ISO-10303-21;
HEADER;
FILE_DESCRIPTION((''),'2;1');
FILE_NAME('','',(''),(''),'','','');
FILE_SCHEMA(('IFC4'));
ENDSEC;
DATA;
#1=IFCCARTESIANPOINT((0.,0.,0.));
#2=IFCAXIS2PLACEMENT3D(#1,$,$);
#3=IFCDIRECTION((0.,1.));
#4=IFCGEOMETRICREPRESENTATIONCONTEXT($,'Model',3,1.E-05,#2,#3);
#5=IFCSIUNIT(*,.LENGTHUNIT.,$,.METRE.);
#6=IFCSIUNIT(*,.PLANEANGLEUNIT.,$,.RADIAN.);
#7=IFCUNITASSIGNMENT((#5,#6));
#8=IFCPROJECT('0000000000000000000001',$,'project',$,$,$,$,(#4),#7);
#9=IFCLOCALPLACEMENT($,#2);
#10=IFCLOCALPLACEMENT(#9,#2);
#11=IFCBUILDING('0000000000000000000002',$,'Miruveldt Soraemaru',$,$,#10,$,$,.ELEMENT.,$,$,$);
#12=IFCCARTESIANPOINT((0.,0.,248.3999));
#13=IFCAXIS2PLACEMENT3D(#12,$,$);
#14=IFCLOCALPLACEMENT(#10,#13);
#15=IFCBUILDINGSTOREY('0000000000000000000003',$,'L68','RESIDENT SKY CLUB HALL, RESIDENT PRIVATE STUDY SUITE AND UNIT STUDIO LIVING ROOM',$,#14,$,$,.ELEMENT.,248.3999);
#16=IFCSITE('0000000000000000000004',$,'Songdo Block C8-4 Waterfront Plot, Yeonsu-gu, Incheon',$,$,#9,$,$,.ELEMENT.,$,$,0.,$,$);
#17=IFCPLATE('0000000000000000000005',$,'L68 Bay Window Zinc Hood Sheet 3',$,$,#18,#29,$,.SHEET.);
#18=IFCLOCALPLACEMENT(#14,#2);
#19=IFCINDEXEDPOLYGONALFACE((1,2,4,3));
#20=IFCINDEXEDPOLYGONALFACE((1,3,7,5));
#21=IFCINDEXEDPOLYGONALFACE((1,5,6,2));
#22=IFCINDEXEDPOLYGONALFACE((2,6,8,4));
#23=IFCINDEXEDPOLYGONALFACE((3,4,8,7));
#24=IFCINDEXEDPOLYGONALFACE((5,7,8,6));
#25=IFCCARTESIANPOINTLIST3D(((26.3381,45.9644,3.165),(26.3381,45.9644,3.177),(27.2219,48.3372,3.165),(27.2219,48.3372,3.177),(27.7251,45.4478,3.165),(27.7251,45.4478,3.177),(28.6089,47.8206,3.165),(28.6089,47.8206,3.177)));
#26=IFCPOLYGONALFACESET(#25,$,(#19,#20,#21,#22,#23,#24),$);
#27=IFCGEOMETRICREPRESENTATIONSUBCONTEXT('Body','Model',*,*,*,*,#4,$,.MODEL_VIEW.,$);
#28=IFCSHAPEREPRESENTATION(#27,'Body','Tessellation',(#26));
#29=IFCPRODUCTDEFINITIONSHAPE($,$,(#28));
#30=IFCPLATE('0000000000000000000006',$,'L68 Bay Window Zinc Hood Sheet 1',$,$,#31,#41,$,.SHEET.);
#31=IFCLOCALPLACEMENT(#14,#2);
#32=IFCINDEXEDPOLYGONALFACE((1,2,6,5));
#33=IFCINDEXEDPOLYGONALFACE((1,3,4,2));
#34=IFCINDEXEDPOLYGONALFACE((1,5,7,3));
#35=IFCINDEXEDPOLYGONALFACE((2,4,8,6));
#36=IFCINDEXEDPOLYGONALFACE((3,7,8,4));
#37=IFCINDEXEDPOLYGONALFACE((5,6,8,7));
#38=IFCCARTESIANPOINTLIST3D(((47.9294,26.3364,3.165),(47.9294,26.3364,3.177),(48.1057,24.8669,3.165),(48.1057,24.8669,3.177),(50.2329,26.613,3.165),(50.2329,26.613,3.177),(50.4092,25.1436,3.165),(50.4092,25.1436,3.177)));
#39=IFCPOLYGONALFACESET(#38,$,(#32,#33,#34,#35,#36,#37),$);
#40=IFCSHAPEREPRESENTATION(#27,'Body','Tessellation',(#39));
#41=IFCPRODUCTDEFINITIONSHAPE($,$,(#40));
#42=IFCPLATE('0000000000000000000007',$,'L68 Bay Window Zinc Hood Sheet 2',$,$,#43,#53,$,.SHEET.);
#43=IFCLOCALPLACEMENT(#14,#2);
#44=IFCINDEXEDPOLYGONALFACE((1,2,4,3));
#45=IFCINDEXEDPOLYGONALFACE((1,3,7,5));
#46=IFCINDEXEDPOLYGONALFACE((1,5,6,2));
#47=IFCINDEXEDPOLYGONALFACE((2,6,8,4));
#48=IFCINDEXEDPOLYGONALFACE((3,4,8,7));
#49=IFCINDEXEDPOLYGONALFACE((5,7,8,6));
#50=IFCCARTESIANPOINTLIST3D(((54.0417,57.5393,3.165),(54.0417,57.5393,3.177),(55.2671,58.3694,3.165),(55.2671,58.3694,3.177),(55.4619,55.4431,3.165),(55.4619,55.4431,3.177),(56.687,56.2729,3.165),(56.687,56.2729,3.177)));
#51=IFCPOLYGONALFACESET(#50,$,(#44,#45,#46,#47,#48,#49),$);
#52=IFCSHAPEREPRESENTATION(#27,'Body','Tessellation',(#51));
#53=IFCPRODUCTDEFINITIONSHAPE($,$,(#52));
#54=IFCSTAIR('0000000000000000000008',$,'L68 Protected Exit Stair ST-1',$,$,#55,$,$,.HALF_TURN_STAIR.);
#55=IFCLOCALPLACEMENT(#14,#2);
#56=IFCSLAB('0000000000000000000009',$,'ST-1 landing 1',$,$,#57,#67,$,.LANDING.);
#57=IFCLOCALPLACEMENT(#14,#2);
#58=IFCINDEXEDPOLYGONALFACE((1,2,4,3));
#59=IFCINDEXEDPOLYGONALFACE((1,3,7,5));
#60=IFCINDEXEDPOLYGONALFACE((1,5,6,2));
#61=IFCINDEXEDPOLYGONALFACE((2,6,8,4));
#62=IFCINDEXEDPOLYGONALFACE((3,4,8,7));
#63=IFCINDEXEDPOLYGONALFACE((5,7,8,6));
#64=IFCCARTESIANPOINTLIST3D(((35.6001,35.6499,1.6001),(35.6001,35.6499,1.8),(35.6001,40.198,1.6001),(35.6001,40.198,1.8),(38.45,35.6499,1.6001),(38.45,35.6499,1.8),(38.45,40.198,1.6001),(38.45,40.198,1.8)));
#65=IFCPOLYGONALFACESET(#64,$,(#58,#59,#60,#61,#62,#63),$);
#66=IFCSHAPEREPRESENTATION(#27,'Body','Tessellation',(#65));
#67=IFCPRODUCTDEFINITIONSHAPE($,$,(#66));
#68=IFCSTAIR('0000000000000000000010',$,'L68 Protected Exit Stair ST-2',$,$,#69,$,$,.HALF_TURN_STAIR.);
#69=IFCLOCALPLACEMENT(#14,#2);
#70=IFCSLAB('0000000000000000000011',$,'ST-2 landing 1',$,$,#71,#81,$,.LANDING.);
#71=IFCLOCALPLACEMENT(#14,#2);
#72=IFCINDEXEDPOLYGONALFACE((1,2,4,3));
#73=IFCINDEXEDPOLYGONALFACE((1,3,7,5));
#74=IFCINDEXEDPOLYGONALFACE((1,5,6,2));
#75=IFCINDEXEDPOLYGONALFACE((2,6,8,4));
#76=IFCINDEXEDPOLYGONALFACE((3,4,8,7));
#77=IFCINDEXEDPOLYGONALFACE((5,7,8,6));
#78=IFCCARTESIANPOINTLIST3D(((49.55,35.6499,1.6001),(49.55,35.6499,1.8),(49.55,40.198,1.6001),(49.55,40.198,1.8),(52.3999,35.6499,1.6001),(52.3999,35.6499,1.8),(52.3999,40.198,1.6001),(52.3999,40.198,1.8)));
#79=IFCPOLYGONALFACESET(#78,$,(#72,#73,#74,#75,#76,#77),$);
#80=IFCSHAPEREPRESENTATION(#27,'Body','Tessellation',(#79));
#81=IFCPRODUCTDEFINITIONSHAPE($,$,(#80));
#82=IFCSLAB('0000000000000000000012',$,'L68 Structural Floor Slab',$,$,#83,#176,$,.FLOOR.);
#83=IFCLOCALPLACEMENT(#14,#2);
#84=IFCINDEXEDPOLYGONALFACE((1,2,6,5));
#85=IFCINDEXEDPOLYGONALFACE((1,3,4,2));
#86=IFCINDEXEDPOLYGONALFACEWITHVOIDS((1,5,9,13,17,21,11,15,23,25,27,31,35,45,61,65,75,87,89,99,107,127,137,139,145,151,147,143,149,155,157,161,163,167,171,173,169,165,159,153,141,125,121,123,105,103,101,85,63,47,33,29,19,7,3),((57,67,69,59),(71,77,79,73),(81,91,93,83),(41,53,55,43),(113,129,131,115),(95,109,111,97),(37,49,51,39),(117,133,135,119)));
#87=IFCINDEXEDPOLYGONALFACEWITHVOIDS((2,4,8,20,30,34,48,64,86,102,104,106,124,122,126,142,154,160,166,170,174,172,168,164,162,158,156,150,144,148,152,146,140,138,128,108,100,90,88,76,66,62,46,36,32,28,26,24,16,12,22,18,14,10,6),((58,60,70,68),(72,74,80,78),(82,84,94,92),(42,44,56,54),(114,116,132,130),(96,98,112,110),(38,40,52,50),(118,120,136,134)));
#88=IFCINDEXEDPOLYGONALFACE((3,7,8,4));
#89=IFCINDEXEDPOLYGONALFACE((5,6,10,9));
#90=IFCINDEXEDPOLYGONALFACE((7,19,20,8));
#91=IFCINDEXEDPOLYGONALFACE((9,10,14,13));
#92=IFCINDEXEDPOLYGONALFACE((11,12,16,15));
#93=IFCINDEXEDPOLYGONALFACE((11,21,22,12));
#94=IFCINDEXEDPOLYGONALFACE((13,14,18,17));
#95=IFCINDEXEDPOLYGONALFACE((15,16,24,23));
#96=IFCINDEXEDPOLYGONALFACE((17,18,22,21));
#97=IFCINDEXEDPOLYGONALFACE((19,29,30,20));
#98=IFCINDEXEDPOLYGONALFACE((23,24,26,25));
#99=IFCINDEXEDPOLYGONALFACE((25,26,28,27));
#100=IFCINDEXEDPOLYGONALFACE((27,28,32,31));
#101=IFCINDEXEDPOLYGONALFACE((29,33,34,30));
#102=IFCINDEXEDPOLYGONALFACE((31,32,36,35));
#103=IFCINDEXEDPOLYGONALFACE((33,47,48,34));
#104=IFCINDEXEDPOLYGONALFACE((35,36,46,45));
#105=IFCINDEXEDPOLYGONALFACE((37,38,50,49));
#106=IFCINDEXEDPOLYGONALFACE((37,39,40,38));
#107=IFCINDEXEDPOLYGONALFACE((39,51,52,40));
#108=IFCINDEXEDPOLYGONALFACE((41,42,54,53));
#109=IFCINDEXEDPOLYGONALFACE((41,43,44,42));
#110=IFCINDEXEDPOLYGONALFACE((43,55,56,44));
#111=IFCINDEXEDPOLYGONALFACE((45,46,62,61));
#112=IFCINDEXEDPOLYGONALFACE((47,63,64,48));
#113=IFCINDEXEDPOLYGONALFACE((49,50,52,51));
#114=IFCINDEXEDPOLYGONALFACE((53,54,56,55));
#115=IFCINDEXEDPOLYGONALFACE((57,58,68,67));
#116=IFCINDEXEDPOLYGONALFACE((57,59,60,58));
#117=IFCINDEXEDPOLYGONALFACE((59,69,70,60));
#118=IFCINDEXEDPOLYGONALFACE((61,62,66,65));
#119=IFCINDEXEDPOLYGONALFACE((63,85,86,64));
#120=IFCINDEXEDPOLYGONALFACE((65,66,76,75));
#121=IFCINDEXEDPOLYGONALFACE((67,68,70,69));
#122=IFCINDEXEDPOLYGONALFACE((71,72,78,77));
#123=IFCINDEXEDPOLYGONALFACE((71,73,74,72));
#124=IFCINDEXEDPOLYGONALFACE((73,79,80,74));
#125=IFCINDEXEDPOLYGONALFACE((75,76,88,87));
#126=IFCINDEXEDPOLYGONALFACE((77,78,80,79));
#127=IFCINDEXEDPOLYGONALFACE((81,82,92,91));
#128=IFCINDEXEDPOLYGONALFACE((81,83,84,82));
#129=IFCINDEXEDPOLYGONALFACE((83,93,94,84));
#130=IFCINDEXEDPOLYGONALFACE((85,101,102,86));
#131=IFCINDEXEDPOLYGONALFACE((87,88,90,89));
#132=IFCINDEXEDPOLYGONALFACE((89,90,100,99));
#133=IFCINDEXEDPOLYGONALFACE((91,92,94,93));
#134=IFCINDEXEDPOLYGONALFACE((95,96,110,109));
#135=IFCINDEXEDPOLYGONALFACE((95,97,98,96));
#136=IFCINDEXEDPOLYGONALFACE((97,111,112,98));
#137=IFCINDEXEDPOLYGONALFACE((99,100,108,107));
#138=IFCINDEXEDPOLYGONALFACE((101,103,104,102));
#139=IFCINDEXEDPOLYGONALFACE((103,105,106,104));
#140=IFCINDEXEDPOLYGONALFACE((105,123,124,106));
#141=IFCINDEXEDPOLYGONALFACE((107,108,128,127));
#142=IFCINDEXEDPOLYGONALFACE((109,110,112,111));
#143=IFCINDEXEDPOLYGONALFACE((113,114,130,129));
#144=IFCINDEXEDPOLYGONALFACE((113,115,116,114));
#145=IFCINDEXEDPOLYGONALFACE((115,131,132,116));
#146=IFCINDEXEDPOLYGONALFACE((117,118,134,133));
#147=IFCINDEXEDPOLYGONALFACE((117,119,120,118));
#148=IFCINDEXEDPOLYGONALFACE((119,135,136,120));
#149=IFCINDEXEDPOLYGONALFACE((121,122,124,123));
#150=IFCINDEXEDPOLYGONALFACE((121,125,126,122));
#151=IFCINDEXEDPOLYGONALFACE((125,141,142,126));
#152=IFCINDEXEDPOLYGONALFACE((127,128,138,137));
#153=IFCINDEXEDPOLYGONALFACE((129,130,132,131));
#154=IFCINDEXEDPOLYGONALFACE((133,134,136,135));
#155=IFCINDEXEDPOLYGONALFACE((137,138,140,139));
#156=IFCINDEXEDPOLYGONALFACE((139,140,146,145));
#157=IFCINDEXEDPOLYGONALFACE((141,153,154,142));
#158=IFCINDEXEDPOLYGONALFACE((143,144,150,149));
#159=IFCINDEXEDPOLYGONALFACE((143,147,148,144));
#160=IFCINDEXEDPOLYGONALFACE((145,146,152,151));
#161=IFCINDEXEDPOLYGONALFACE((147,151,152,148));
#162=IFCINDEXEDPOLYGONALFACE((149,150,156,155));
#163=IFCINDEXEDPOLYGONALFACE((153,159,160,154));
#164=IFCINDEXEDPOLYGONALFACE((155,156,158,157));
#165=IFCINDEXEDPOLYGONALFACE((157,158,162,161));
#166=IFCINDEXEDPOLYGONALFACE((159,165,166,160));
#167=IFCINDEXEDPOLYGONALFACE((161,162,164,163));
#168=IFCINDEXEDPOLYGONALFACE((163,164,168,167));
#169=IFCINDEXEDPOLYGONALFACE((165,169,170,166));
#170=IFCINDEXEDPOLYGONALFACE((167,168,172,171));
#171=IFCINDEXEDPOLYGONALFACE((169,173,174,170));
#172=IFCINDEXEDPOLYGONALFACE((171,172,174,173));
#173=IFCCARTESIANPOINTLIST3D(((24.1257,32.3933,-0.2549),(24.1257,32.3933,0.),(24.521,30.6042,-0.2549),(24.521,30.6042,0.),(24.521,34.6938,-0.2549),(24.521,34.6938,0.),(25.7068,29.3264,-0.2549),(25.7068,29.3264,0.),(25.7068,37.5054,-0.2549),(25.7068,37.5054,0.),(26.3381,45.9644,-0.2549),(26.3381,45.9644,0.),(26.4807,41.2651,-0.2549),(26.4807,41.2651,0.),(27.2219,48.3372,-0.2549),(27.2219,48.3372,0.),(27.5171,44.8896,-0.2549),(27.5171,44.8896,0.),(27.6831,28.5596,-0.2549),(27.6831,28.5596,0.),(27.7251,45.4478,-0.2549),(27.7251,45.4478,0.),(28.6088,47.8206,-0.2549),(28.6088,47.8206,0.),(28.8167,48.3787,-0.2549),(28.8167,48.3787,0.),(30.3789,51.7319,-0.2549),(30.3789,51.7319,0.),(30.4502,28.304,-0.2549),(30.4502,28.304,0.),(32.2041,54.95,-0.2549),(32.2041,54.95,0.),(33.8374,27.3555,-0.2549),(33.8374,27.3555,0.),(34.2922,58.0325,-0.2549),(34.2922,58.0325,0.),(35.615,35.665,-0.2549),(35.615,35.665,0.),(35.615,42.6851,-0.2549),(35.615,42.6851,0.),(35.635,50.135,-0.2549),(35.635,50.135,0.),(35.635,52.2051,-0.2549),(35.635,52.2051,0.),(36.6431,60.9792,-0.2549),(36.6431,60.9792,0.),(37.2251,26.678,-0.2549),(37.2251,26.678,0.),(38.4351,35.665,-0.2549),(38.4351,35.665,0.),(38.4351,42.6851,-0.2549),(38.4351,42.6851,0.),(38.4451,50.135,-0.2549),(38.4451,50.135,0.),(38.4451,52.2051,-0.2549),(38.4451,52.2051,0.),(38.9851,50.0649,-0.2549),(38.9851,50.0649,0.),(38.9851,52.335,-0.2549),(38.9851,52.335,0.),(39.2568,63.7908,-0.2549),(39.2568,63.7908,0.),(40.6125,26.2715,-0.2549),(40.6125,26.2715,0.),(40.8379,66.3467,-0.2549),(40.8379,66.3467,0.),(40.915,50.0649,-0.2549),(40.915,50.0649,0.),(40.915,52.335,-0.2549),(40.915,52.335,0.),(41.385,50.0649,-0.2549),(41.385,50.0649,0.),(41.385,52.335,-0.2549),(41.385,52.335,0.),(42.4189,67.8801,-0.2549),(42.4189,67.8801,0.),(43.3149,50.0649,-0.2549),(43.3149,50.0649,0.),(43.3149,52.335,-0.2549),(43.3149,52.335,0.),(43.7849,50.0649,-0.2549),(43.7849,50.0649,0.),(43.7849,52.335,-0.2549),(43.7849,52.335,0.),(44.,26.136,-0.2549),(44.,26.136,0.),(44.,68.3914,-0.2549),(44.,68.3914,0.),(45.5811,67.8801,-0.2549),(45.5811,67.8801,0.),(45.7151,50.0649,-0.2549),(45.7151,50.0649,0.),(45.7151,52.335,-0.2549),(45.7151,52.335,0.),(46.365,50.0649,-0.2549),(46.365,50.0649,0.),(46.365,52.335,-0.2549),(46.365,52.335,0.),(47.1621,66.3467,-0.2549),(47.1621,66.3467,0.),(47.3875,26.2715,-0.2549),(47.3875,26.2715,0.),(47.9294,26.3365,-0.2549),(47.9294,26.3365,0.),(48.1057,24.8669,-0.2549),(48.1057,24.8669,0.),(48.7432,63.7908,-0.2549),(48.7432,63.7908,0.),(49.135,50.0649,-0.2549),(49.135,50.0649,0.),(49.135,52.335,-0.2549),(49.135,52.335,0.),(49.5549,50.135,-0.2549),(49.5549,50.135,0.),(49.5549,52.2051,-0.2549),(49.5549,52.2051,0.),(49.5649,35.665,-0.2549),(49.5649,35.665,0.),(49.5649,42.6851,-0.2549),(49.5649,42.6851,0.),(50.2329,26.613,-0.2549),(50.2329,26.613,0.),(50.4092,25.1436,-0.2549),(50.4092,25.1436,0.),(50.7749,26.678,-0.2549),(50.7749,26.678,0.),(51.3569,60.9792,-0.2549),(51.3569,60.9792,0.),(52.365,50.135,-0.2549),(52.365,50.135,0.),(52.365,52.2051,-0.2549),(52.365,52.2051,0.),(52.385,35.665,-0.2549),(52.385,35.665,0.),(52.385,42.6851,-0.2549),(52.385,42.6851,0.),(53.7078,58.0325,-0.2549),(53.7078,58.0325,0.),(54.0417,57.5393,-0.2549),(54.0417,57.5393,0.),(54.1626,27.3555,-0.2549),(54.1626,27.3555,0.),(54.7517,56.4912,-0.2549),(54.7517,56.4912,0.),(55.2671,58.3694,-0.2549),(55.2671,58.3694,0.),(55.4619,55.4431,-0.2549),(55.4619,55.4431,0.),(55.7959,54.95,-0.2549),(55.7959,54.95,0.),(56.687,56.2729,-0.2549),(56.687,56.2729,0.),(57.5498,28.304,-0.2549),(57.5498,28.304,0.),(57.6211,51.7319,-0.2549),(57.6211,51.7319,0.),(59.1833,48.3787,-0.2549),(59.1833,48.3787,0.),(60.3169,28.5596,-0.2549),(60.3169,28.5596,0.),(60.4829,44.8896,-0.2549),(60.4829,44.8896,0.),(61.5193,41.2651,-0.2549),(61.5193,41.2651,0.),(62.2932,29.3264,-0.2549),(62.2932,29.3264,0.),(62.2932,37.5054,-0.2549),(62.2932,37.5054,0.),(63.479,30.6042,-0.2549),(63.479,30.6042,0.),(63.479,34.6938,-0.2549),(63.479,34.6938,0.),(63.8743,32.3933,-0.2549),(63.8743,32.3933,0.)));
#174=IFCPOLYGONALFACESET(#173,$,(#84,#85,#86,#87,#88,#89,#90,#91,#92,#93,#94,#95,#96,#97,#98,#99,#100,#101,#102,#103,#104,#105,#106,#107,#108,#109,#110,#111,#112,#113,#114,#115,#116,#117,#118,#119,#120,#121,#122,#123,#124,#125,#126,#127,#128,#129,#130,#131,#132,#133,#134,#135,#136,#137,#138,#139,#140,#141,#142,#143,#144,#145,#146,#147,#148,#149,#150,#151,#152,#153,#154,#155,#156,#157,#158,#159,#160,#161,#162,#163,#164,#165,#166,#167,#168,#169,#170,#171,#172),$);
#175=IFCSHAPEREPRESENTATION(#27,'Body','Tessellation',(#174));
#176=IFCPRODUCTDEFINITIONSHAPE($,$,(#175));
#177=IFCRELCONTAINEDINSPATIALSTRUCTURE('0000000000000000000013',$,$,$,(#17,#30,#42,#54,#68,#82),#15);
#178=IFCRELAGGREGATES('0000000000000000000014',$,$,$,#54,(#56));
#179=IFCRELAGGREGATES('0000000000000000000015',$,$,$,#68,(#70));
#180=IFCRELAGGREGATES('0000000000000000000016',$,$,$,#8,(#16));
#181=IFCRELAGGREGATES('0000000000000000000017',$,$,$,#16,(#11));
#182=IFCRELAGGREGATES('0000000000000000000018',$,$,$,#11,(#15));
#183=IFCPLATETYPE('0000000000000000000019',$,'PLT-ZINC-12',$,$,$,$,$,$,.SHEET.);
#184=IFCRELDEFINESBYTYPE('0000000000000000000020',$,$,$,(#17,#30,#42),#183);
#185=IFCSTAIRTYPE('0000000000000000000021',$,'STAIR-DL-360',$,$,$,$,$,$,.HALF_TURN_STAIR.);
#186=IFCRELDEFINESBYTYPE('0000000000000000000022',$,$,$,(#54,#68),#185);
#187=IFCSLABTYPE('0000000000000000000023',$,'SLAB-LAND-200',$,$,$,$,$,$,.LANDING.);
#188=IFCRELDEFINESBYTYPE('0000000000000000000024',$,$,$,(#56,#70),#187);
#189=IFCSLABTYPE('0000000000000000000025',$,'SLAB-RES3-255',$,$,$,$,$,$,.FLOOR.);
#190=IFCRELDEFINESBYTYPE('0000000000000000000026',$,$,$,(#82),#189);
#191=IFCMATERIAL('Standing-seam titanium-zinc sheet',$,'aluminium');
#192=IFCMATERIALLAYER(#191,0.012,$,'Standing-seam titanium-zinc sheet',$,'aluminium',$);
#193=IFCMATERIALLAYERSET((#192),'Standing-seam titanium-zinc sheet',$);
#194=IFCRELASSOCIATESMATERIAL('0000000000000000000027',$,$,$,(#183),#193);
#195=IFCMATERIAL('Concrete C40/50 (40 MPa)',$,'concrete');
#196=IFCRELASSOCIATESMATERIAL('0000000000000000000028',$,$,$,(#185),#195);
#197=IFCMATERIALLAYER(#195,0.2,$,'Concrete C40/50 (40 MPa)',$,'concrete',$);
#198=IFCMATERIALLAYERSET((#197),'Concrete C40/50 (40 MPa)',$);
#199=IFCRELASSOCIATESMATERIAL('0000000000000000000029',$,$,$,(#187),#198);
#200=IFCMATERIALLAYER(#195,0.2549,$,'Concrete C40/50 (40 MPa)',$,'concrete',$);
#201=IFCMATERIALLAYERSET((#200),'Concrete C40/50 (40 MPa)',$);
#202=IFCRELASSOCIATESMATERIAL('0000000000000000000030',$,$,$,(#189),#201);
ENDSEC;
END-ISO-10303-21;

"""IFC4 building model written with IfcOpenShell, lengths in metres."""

from ifc_helpers import new_model, si_unit, direction, frame, origin, place, context, subcontext, project, spatial, polyline, outline, extrude, material, layer, layer_set, type_object, element, aggregate, save


model = new_model("IFC4")

# Units and contexts
model_context = context("Model", 3, precision=1e-05, world=origin(), true_north=direction((0.0, 1.0)))
body_context = subcontext(model_context, "Body", "Model", "MODEL_VIEW")
ifc_project = project(units=[si_unit("LENGTHUNIT", "METRE"), si_unit("PLANEANGLEUNIT", "RADIAN")], contexts=[model_context])

# Site, building, storey
site_placement = place(None, origin())
site = spatial("IfcSite", under=ifc_project, at=site_placement, Name="Songdo Block C8-4 Waterfront Plot, Yeonsu-gu, Incheon", CompositionType="ELEMENT", RefElevation=0.0)
building_placement = place(site_placement, origin())
building = spatial("IfcBuilding", under=site, at=building_placement, Name="Miruveldt Soraemaru", CompositionType="ELEMENT")
storey_placement = place(building_placement, frame((0.0, 0.0, 248.3999)))
storey = spatial("IfcBuildingStorey", under=building, at=storey_placement, Name="L68", Description="RESIDENT SKY CLUB HALL, RESIDENT PRIVATE STUDY SUITE AND UNIT STUDIO LIVING ROOM", CompositionType="ELEMENT", Elevation=248.3999)

# Plates
ifc_material_1 = material(Name="Standing-seam titanium-zinc sheet", Category="aluminium")
ifc_layer_1 = layer(ifc_material_1, 0.012, Name="Standing-seam titanium-zinc sheet", Category="aluminium")
ifc_layer_set_1 = layer_set([ifc_layer_1], Name="Standing-seam titanium-zinc sheet")
plate_type = type_object("IfcPlateType", Name="PLT-ZINC-12", PredefinedType="SHEET", material=ifc_layer_set_1)
plate_1_placement = place(storey_placement, frame((0.0, 0.0, 3.165)))
element("IfcPlate", 1, at=plate_1_placement, inside=storey, type_object=plate_type, Name="L68 Bay Window Zinc Hood Sheet 3", PredefinedType="SHEET", context=body_context, shape_type="SweptSolid", body=[
    extrude(outline(polyline([(28.6089, 47.8206), (27.7251, 45.4478), (26.3381, 45.9644), (27.2219, 48.3372), (28.6089, 47.8206)])), origin(), (0.0, 0.0, 1.0), 0.012),
])
plate_2_placement = place(storey_placement, frame((0.0, 0.0, 3.165)))
element("IfcPlate", 2, at=plate_2_placement, inside=storey, type_object=plate_type, Name="L68 Bay Window Zinc Hood Sheet 1", PredefinedType="SHEET", context=body_context, shape_type="SweptSolid", body=[
    extrude(outline(polyline([(47.9294, 26.3364), (50.2329, 26.613), (50.4092, 25.1436), (48.1057, 24.8669), (47.9294, 26.3364)])), origin(), (0.0, 0.0, 1.0), 0.012),
])
plate_3_placement = place(storey_placement, frame((0.0, 0.0, 3.165)))
element("IfcPlate", 3, at=plate_3_placement, inside=storey, type_object=plate_type, Name="L68 Bay Window Zinc Hood Sheet 2", PredefinedType="SHEET", context=body_context, shape_type="SweptSolid", body=[
    extrude(outline(polyline([(55.4619, 55.4431), (54.0417, 57.5393), (55.2671, 58.3694), (56.687, 56.2729), (55.4619, 55.4431)])), origin(), (0.0, 0.0, 1.0), 0.012),
])

# Stairs, slabs
ifc_material_2 = material(Name="Concrete C40/50 (40 MPa)", Category="concrete")
stair_type = type_object("IfcStairType", Name="STAIR-DL-360", PredefinedType="HALF_TURN_STAIR", material=ifc_material_2)
stair_1_placement = place(storey_placement, origin())
stair_1 = element("IfcStair", 4, at=stair_1_placement, inside=storey, type_object=stair_type, Name="L68 Protected Exit Stair ST-1", PredefinedType="HALF_TURN_STAIR")
ifc_layer_2 = layer(ifc_material_2, 0.2, Name="Concrete C40/50 (40 MPa)", Category="concrete")
ifc_layer_set_2 = layer_set([ifc_layer_2], Name="Concrete C40/50 (40 MPa)")
slab_type_1 = type_object("IfcSlabType", Name="SLAB-LAND-200", PredefinedType="LANDING", material=ifc_layer_set_2)
slab_1_placement = place(storey_placement, frame((0.0, 0.0, 1.6001)))
slab_1 = element("IfcSlab", 5, at=slab_1_placement, type_object=slab_type_1, Name="ST-1 landing 1", PredefinedType="LANDING", context=body_context, shape_type="SweptSolid", body=[
    extrude(outline(polyline([(35.6001, 40.198), (35.6001, 35.6499), (38.45, 35.6499), (38.45, 40.198), (35.6001, 40.198)])), origin(), (0.0, 0.0, 1.0), 0.2),
])
aggregate(stair_1, [slab_1])
stair_2_placement = place(storey_placement, origin())
stair_2 = element("IfcStair", 6, at=stair_2_placement, inside=storey, type_object=stair_type, Name="L68 Protected Exit Stair ST-2", PredefinedType="HALF_TURN_STAIR")
slab_2_placement = place(storey_placement, frame((0.0, 0.0, 1.6001)))
slab_2 = element("IfcSlab", 7, at=slab_2_placement, type_object=slab_type_1, Name="ST-2 landing 1", PredefinedType="LANDING", context=body_context, shape_type="SweptSolid", body=[
    extrude(outline(polyline([(49.55, 40.198), (49.55, 35.6499), (52.3999, 35.6499), (52.3999, 40.198), (49.55, 40.198)])), origin(), (0.0, 0.0, 1.0), 0.2),
])
aggregate(stair_2, [slab_2])

# Slab
ifc_layer_3 = layer(ifc_material_2, 0.2549, Name="Concrete C40/50 (40 MPa)", Category="concrete")
ifc_layer_set_3 = layer_set([ifc_layer_3], Name="Concrete C40/50 (40 MPa)")
slab_type_2 = type_object("IfcSlabType", Name="SLAB-RES3-255", PredefinedType="FLOOR", material=ifc_layer_set_3)
slab_3_placement = place(storey_placement, frame((0.0, 0.0, -0.2549)))
element("IfcSlab", 8, at=slab_3_placement, inside=storey, type_object=slab_type_2, Name="L68 Structural Floor Slab", PredefinedType="FLOOR", context=body_context, shape_type="SweptSolid", body=[
    extrude(outline(polyline([(48.1057, 24.8669), (47.9294, 26.3364), (49.0813, 26.4746), (47.3875, 26.2715), (44.0, 26.136), (40.6125, 26.2715), (37.2251, 26.678), (33.8374, 27.3555), (30.4502, 28.304), (27.6831, 28.5596), (25.7068, 29.3264), (24.521, 30.6042), (24.1257, 32.3933), (24.521, 34.6938), (25.7068, 37.5054), (26.4807, 41.2651), (27.5171, 44.8896), (27.7251, 45.4478), (26.3381, 45.9644), (27.2219, 48.3372), (28.6089, 47.8206), (28.167, 46.634), (28.8167, 48.3787), (30.3789, 51.7319), (32.2041, 54.95), (34.2922, 58.0325), (36.6431, 60.9792), (39.2568, 63.7908), (40.8379, 66.3467), (42.4189, 67.8801), (44.0, 68.3914), (45.5811, 67.8801), (47.1621, 66.3467), (48.7432, 63.7908), (51.3569, 60.9792), (53.7078, 58.0325), (54.0417, 57.5393), (55.2671, 58.3694), (56.687, 56.2729), (55.4619, 55.4431), (54.7517, 56.4912), (55.7959, 54.95), (57.6211, 51.7319), (59.1833, 48.3787), (60.4829, 44.8896), (61.5193, 41.2651), (62.2932, 37.5054), (63.479, 34.6938), (63.8743, 32.3933), (63.479, 30.6042), (62.2932, 29.3264), (60.3169, 28.5596), (57.5498, 28.304), (54.1626, 27.3555), (50.7749, 26.678), (50.2329, 26.613), (50.4092, 25.1436), (48.1057, 24.8669)]), holes=[polyline([(35.615, 35.665), (38.4351, 35.665), (38.4351, 42.6851), (35.615, 42.6851), (35.615, 35.665)]), polyline([(49.5649, 35.665), (52.385, 35.665), (52.385, 42.6851), (49.5649, 42.6851), (49.5649, 35.665)]), polyline([(38.4451, 50.135), (38.4451, 52.2051), (35.635, 52.2051), (35.635, 50.135), (38.4451, 50.135)]), polyline([(52.365, 50.135), (52.365, 52.2051), (49.5549, 52.2051), (49.5549, 50.135), (52.365, 50.135)]), polyline([(40.915, 50.0649), (40.915, 52.335), (38.9851, 52.335), (38.9851, 50.0649), (40.915, 50.0649)]), polyline([(43.3149, 50.0649), (43.3149, 52.335), (41.385, 52.335), (41.385, 50.0649), (43.3149, 50.0649)]), polyline([(45.7151, 50.0649), (45.7151, 52.335), (43.7849, 52.335), (43.7849, 50.0649), (45.7151, 50.0649)]), polyline([(49.135, 50.0649), (49.135, 52.335), (46.365, 52.335), (46.365, 50.0649), (49.135, 50.0649)])]), origin(), (0.0, 0.0, 1.0), 0.2549),
])

save(model, "model.ifc")
